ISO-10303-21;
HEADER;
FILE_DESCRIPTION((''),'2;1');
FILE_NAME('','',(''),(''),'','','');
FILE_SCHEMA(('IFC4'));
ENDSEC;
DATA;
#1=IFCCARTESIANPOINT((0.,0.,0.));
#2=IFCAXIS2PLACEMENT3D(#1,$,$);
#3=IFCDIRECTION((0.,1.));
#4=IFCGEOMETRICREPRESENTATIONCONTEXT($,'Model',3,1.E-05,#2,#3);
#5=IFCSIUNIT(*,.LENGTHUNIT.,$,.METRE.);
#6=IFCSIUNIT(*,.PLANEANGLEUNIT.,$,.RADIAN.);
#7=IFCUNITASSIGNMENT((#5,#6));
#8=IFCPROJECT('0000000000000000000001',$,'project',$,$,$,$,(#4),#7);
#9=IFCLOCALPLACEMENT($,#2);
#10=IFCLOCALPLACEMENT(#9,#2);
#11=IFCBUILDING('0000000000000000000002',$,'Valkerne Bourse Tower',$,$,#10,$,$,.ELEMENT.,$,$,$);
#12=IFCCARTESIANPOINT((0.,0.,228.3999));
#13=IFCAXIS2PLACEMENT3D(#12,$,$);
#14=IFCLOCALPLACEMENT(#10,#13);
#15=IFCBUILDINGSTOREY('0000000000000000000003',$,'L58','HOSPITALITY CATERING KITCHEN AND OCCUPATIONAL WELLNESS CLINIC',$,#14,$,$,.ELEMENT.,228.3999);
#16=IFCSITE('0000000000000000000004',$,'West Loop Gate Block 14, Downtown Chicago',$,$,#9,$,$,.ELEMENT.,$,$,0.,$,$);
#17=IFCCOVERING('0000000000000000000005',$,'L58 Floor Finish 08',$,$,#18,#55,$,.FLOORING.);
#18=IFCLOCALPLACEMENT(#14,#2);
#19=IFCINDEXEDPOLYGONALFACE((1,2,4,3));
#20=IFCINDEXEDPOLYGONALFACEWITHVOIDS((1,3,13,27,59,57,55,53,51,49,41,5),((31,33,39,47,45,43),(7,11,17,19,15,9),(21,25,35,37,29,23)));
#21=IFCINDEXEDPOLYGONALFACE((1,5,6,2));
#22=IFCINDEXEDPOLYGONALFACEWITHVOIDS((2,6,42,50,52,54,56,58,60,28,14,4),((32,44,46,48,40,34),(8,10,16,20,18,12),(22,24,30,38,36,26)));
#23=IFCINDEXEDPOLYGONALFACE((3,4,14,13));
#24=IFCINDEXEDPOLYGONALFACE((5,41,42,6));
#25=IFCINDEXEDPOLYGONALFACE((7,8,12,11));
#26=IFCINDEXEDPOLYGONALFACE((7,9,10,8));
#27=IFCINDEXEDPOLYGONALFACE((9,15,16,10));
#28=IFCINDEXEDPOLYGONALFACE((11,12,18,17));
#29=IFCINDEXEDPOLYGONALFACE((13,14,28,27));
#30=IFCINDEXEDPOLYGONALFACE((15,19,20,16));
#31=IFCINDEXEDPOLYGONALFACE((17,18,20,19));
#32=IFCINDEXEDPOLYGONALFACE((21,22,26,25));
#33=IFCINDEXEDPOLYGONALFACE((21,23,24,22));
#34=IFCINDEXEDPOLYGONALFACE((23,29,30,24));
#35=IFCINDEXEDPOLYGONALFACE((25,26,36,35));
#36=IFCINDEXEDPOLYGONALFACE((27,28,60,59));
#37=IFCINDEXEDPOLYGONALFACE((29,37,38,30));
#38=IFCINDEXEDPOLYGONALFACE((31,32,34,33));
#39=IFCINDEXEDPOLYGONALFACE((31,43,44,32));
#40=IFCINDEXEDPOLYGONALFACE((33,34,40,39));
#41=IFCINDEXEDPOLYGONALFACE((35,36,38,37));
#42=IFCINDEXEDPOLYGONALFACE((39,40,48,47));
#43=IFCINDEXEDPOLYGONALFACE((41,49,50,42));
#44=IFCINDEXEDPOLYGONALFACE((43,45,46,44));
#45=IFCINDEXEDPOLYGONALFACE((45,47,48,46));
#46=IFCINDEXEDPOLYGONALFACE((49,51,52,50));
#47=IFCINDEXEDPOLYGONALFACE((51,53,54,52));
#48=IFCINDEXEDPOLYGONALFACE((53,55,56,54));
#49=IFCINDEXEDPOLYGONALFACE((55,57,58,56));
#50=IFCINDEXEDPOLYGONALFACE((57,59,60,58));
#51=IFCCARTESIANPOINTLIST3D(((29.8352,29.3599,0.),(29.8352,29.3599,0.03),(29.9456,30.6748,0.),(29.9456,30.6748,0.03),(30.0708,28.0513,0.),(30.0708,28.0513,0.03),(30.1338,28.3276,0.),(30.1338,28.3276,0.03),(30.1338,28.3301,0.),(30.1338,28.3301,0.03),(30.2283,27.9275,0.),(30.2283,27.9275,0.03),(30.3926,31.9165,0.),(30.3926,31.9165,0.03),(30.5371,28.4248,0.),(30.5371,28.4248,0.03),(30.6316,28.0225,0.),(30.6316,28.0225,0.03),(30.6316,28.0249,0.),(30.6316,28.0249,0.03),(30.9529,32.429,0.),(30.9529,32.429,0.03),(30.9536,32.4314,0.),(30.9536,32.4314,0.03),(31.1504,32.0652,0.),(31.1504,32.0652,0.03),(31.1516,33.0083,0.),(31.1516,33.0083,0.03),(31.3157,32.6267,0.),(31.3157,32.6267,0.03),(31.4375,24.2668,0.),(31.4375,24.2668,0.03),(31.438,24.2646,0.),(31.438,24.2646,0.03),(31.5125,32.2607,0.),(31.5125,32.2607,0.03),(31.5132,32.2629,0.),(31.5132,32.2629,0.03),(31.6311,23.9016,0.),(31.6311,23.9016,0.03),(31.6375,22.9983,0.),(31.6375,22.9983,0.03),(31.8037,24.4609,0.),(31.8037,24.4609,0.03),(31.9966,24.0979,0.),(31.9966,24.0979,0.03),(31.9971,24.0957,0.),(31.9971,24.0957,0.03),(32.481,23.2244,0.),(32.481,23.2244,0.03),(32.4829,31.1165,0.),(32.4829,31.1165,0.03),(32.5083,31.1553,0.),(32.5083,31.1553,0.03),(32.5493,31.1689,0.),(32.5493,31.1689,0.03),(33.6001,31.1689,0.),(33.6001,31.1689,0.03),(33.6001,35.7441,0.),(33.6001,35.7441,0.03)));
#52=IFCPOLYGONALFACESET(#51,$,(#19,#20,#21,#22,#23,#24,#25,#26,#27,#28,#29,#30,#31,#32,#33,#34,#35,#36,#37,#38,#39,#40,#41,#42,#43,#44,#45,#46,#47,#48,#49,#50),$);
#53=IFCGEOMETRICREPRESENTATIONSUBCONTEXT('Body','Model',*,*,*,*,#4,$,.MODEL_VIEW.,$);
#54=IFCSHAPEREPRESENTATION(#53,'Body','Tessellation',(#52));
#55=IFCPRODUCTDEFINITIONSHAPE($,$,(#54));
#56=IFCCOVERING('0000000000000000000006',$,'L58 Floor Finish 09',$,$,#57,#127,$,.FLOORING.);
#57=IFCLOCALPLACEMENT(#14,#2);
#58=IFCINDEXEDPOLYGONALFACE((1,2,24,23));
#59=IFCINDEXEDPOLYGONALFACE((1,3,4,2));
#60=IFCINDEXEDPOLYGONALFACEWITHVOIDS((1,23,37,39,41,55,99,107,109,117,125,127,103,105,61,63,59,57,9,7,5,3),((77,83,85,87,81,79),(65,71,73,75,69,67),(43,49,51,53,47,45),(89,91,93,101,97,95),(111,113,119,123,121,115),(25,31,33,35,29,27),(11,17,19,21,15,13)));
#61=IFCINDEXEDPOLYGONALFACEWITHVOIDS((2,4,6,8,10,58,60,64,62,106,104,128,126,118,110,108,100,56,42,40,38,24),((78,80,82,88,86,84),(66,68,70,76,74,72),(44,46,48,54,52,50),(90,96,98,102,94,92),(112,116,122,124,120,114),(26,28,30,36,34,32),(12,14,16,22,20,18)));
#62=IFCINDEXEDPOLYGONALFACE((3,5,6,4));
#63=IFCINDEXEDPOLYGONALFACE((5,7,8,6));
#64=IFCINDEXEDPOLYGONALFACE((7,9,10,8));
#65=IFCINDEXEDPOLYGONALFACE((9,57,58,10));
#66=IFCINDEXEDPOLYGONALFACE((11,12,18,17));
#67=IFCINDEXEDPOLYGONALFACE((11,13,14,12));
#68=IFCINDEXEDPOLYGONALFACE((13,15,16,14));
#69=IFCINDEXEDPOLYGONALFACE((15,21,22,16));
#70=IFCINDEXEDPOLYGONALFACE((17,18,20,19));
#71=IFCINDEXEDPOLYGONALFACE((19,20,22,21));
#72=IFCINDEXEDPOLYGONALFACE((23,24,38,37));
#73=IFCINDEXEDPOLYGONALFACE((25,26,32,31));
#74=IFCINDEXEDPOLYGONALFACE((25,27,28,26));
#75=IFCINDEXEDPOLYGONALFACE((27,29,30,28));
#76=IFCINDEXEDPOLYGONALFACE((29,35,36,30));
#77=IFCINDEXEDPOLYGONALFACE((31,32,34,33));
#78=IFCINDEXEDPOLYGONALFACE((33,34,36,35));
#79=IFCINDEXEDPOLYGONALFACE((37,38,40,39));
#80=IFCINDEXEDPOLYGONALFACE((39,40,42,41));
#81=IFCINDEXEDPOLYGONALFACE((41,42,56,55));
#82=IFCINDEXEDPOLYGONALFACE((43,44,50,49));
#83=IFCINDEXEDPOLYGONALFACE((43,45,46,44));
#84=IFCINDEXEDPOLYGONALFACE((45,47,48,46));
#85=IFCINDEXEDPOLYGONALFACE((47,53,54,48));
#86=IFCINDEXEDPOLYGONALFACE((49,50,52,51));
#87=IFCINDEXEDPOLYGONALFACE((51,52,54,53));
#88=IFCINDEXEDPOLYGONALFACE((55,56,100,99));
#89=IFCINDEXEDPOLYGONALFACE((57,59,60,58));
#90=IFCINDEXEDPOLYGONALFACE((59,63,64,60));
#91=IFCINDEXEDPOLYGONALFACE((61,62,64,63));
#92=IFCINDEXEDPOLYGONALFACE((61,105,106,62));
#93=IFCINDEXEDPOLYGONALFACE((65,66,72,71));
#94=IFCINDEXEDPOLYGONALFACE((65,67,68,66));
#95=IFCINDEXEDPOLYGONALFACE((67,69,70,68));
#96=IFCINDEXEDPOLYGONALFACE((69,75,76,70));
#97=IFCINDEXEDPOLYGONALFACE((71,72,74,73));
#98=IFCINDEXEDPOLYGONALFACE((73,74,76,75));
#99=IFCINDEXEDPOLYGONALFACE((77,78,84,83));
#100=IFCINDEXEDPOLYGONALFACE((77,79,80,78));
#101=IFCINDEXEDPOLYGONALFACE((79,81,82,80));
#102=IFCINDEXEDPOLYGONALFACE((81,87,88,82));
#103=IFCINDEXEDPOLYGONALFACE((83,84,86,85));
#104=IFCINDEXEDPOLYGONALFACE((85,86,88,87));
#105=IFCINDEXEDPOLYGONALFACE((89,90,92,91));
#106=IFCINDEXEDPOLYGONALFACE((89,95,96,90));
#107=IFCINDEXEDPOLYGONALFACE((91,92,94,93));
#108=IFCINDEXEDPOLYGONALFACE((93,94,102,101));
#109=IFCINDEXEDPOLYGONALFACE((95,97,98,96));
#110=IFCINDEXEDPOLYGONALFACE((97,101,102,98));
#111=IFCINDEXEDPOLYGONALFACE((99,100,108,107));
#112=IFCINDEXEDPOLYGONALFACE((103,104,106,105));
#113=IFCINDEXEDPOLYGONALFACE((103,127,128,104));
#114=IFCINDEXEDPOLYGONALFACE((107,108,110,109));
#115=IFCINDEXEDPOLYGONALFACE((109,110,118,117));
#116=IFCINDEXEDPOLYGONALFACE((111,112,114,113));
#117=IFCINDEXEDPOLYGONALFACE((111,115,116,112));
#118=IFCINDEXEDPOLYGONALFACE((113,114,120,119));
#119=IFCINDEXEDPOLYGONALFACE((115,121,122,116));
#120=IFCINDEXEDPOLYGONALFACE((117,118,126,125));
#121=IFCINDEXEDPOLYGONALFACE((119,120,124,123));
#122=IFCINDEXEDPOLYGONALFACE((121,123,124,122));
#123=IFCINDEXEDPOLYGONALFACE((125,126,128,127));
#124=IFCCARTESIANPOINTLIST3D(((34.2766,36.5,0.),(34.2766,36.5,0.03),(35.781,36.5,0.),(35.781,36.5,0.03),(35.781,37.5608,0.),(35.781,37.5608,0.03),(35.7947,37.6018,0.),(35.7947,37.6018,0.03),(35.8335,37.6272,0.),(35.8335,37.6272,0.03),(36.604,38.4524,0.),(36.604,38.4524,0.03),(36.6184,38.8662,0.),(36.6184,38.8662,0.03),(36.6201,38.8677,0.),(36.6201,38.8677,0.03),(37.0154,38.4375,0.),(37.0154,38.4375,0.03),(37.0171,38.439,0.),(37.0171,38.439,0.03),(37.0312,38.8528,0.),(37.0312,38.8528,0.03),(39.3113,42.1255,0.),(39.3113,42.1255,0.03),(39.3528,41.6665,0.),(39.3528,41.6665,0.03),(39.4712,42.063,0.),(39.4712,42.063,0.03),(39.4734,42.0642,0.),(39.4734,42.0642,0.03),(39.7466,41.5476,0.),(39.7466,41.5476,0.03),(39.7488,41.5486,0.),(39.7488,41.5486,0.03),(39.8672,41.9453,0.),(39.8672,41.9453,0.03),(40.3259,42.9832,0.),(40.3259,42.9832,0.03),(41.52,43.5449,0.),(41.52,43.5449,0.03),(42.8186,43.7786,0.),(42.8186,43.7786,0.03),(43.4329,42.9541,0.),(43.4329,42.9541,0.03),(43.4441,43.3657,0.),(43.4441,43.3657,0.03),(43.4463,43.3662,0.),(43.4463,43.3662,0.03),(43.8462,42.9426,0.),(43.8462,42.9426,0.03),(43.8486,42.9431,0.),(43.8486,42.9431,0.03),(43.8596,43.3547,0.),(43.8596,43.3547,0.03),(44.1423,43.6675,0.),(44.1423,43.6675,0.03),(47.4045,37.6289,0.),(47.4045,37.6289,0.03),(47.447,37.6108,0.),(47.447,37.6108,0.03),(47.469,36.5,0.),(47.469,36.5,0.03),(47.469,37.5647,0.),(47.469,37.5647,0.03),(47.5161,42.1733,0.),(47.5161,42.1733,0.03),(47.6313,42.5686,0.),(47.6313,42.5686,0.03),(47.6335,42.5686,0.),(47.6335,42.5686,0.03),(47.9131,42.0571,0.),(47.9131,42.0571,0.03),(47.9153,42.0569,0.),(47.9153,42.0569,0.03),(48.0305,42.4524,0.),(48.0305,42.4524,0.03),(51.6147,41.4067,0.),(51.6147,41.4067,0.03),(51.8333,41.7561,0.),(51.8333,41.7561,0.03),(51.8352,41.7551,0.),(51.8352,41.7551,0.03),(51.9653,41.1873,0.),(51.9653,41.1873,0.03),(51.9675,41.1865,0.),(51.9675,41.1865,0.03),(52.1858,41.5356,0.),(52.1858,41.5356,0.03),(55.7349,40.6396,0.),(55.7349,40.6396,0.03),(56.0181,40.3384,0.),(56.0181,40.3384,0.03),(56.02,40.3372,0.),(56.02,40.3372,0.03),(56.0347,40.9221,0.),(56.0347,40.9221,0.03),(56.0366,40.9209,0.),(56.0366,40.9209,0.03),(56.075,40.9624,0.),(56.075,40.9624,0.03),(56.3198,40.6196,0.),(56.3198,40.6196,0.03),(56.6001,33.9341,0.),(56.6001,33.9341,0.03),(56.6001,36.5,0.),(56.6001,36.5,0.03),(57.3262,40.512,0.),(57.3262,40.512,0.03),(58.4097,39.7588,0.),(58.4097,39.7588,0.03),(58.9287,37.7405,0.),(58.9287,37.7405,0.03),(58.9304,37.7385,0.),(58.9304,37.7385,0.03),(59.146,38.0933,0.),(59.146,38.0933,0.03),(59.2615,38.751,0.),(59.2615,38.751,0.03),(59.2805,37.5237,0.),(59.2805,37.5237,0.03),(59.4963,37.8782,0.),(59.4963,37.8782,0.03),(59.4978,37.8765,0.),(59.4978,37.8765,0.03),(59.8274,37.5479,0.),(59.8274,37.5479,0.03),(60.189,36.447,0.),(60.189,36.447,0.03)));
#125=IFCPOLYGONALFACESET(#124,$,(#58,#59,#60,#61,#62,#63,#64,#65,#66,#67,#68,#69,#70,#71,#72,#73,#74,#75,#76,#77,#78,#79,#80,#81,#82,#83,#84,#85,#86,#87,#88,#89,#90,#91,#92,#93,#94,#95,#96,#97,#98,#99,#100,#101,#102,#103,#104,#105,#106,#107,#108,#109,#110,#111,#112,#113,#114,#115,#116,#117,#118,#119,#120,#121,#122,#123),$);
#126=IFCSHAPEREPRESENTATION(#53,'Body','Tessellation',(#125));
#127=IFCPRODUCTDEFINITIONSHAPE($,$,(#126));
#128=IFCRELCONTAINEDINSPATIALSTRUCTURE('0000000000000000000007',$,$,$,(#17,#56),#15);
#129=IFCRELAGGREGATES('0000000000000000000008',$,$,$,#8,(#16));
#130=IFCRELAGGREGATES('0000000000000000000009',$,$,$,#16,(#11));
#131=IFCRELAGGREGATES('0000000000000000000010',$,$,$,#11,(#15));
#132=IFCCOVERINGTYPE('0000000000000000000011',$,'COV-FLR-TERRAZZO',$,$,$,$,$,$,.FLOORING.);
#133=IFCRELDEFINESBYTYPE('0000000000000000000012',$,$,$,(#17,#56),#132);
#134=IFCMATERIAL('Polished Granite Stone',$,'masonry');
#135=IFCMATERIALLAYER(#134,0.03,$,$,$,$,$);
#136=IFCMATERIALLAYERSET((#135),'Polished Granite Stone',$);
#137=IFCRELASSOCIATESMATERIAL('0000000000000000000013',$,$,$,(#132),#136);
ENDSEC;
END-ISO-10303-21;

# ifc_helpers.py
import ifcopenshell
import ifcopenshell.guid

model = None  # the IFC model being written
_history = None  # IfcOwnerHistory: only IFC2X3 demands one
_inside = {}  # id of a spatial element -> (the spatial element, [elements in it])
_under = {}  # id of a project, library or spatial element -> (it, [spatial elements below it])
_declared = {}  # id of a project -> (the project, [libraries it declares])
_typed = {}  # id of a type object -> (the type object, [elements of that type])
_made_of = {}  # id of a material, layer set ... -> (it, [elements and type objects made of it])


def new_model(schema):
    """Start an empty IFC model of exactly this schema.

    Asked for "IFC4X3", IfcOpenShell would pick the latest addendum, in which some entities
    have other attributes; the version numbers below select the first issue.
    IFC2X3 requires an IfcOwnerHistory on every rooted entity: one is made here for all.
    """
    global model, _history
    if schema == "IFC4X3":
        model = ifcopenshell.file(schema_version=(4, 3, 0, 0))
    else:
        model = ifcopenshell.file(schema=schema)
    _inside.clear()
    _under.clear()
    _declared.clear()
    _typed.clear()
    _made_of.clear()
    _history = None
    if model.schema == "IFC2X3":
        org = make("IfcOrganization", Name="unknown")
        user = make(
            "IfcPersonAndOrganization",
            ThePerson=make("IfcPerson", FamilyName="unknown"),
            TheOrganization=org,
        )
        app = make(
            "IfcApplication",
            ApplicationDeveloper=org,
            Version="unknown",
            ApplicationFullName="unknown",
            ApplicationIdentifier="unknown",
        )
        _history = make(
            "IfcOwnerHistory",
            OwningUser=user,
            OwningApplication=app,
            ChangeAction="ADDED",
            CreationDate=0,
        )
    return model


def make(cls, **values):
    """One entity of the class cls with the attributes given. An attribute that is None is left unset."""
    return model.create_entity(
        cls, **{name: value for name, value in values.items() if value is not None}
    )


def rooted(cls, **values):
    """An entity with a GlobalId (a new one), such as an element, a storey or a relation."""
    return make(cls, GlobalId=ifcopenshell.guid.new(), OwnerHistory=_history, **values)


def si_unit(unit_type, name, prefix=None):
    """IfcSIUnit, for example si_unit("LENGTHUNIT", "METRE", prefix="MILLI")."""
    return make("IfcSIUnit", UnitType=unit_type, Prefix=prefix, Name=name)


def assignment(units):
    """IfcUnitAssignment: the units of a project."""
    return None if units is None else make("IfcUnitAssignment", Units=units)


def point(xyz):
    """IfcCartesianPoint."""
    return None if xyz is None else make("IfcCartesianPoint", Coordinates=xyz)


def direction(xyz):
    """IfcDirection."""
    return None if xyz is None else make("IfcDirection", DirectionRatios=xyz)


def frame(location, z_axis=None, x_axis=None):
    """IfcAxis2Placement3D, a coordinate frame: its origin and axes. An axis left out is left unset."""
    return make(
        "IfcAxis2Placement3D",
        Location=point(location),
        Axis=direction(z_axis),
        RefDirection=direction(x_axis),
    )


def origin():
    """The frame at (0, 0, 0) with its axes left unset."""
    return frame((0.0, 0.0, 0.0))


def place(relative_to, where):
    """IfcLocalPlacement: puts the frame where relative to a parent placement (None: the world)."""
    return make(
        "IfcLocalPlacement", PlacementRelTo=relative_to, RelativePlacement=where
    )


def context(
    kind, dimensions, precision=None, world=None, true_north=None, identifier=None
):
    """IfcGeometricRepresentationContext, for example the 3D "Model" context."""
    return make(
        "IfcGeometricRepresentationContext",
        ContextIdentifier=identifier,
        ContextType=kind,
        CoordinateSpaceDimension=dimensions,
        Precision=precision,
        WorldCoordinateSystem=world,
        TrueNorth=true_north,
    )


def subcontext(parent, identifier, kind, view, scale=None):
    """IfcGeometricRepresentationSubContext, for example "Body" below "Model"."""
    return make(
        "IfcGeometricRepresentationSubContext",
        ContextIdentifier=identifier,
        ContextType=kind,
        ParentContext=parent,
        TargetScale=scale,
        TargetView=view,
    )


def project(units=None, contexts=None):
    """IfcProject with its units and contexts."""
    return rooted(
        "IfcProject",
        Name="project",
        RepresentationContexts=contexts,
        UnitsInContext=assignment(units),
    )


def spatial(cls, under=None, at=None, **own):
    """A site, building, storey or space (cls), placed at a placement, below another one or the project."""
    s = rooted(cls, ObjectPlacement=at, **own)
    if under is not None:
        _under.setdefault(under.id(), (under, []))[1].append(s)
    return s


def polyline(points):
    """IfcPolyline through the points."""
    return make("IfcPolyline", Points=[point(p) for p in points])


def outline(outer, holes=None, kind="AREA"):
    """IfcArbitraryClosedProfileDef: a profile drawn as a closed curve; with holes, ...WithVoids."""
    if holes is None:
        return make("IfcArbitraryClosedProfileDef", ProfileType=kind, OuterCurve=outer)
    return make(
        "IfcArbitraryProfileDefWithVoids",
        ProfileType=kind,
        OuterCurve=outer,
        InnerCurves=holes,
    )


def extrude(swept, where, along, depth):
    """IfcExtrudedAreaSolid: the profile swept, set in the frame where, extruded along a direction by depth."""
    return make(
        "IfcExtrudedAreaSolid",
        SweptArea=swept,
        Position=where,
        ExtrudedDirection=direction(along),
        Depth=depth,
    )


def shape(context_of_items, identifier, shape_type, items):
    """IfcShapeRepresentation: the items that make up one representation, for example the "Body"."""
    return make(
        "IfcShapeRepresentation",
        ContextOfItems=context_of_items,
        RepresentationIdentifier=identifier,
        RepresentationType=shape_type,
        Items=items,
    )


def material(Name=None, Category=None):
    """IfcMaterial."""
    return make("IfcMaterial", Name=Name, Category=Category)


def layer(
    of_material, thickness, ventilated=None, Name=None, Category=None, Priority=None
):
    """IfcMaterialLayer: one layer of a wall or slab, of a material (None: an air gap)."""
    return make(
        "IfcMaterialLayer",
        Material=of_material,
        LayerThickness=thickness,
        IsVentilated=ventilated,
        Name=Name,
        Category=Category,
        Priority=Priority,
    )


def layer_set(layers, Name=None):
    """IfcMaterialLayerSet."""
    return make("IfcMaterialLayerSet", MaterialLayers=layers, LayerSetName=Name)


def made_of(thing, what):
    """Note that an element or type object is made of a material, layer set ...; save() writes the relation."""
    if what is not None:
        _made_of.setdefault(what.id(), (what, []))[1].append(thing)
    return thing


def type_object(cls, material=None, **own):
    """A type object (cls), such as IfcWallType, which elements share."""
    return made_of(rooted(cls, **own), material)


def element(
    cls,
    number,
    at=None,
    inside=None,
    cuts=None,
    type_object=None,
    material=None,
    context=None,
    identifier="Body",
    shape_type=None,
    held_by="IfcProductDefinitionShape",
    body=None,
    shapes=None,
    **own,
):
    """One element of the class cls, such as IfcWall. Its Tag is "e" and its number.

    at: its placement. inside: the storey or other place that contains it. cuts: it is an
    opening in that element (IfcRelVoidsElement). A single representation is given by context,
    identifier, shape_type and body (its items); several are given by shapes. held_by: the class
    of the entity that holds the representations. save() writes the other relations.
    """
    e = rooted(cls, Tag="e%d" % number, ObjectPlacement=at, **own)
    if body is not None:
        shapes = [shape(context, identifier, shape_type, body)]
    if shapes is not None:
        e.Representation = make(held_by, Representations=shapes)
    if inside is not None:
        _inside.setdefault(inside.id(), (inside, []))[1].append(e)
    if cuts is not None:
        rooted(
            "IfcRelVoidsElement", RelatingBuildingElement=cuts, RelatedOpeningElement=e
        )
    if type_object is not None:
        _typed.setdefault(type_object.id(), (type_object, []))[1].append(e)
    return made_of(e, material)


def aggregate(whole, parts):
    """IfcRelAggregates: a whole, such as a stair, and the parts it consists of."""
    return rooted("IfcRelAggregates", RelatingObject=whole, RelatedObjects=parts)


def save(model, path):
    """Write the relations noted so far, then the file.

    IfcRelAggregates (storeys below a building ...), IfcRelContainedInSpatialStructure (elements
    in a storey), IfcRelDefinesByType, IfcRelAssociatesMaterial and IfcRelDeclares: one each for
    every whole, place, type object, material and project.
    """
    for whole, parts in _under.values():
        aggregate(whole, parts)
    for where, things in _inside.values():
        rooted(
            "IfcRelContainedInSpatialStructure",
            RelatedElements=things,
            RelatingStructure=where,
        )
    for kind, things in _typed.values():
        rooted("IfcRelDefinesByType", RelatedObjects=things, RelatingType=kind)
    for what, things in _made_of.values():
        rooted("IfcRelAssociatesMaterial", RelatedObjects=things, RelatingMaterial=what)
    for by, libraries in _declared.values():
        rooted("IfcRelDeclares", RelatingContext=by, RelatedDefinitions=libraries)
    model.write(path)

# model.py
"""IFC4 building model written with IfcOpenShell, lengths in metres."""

from ifc_helpers import new_model, si_unit, direction, frame, origin, place, context, subcontext, project, spatial, polyline, outline, extrude, material, layer, layer_set, type_object, element, save


model = new_model("IFC4")

# Units and contexts
model_context = context("Model", 3, precision=1e-05, world=origin(), true_north=direction((0.0, 1.0)))
body_context = subcontext(model_context, "Body", "Model", "MODEL_VIEW")
ifc_project = project(units=[si_unit("LENGTHUNIT", "METRE"), si_unit("PLANEANGLEUNIT", "RADIAN")], contexts=[model_context])

# Site, building, storey
site_placement = place(None, origin())
site = spatial("IfcSite", under=ifc_project, at=site_placement, Name="West Loop Gate Block 14, Downtown Chicago", CompositionType="ELEMENT", RefElevation=0.0)
building_placement = place(site_placement, origin())
building = spatial("IfcBuilding", under=site, at=building_placement, Name="Valkerne Bourse Tower", CompositionType="ELEMENT")
storey_placement = place(building_placement, frame((0.0, 0.0, 228.3999)))
storey = spatial("IfcBuildingStorey", under=building, at=storey_placement, Name="L58", Description="HOSPITALITY CATERING KITCHEN AND OCCUPATIONAL WELLNESS CLINIC", CompositionType="ELEMENT", Elevation=228.3999)

# Coverings
ifc_material_1 = material(Name="Polished Granite Stone", Category="masonry")
ifc_layer_1 = layer(ifc_material_1, 0.03)
ifc_layer_set_1 = layer_set([ifc_layer_1], Name="Polished Granite Stone")
covering_type_1 = type_object("IfcCoveringType", Name="COV-FLR-TERRAZZO", PredefinedType="FLOORING", material=ifc_layer_set_1)
covering_1_placement = place(storey_placement, origin())
element("IfcCovering", 1, at=covering_1_placement, inside=storey, type_object=covering_type_1, Name="L58 Floor Finish 08", PredefinedType="FLOORING", context=body_context, shape_type="SweptSolid", body=[
    extrude(outline(polyline([(29.9456, 30.6748), (30.3926, 31.9165), (31.1516, 33.0083), (33.6001, 35.7441), (33.6001, 31.1689), (32.5493, 31.1689), (32.5083, 31.1553), (32.4829, 31.1165), (32.481, 23.2244), (31.6375, 22.9983), (30.0708, 28.0513), (29.8352, 29.3599), (29.9456, 30.6748)]), holes=[polyline([(31.9966, 24.0979), (31.8037, 24.4609), (31.4375, 24.2668), (31.438, 24.2646), (31.6311, 23.9016), (31.9971, 24.0957), (31.9966, 24.0979)]), polyline([(30.6316, 28.0249), (30.5371, 28.4248), (30.1338, 28.3301), (30.1338, 28.3276), (30.2283, 27.9275), (30.6316, 28.0225), (30.6316, 28.0249)]), polyline([(31.5132, 32.2629), (31.3157, 32.6267), (30.9536, 32.4314), (30.9529, 32.429), (31.1504, 32.0652), (31.5125, 32.2607), (31.5132, 32.2629)])]), origin(), (0.0, 0.0, 1.0), 0.03),
])
covering_2_placement = place(storey_placement, origin())
element("IfcCovering", 2, at=covering_2_placement, inside=storey, type_object=covering_type_1, Name="L58 Floor Finish 09", PredefinedType="FLOORING", context=body_context, shape_type="SweptSolid", body=[
    extrude(outline(polyline([(39.3113, 42.1255), (40.3259, 42.9832), (41.52, 43.5449), (42.8186, 43.7786), (44.1423, 43.6675), (56.075, 40.9624), (57.3262, 40.512), (58.4097, 39.7588), (59.2615, 38.751), (59.8274, 37.5479), (60.189, 36.447), (56.6001, 33.9341), (56.6001, 36.5), (47.469, 36.5), (47.469, 37.5647), (47.447, 37.6108), (47.4045, 37.6289), (35.8335, 37.6272), (35.7947, 37.6018), (35.781, 37.5608), (35.781, 36.5), (34.2766, 36.5), (39.3113, 42.1255)]), holes=[polyline([(37.0171, 38.439), (37.0312, 38.8528), (36.6201, 38.8677), (36.6184, 38.8662), (36.604, 38.4524), (37.0154, 38.4375), (37.0171, 38.439)]), polyline([(39.7488, 41.5486), (39.8672, 41.9453), (39.4734, 42.0642), (39.4712, 42.063), (39.3528, 41.6665), (39.7466, 41.5476), (39.7488, 41.5486)]), polyline([(43.8596, 43.3547), (43.4463, 43.3662), (43.4441, 43.3657), (43.4329, 42.9541), (43.8462, 42.9426), (43.8486, 42.9431), (43.8596, 43.3547)]), polyline([(59.4963, 37.8782), (59.146, 38.0933), (58.9287, 37.7405), (58.9304, 37.7385), (59.2805, 37.5237), (59.4978, 37.8765), (59.4963, 37.8782)]), polyline([(56.0366, 40.9209), (56.0347, 40.9221), (55.7349, 40.6396), (56.0181, 40.3384), (56.02, 40.3372), (56.3198, 40.6196), (56.0366, 40.9209)]), polyline([(51.8352, 41.7551), (51.8333, 41.7561), (51.6147, 41.4067), (51.9653, 41.1873), (51.9675, 41.1865), (52.1858, 41.5356), (51.8352, 41.7551)]), polyline([(48.0305, 42.4524), (47.6335, 42.5686), (47.6313, 42.5686), (47.5161, 42.1733), (47.9131, 42.0571), (47.9153, 42.0569), (48.0305, 42.4524)])]), origin(), (0.0, 0.0, 1.0), 0.03),
])

save(model, "model.ifc")
